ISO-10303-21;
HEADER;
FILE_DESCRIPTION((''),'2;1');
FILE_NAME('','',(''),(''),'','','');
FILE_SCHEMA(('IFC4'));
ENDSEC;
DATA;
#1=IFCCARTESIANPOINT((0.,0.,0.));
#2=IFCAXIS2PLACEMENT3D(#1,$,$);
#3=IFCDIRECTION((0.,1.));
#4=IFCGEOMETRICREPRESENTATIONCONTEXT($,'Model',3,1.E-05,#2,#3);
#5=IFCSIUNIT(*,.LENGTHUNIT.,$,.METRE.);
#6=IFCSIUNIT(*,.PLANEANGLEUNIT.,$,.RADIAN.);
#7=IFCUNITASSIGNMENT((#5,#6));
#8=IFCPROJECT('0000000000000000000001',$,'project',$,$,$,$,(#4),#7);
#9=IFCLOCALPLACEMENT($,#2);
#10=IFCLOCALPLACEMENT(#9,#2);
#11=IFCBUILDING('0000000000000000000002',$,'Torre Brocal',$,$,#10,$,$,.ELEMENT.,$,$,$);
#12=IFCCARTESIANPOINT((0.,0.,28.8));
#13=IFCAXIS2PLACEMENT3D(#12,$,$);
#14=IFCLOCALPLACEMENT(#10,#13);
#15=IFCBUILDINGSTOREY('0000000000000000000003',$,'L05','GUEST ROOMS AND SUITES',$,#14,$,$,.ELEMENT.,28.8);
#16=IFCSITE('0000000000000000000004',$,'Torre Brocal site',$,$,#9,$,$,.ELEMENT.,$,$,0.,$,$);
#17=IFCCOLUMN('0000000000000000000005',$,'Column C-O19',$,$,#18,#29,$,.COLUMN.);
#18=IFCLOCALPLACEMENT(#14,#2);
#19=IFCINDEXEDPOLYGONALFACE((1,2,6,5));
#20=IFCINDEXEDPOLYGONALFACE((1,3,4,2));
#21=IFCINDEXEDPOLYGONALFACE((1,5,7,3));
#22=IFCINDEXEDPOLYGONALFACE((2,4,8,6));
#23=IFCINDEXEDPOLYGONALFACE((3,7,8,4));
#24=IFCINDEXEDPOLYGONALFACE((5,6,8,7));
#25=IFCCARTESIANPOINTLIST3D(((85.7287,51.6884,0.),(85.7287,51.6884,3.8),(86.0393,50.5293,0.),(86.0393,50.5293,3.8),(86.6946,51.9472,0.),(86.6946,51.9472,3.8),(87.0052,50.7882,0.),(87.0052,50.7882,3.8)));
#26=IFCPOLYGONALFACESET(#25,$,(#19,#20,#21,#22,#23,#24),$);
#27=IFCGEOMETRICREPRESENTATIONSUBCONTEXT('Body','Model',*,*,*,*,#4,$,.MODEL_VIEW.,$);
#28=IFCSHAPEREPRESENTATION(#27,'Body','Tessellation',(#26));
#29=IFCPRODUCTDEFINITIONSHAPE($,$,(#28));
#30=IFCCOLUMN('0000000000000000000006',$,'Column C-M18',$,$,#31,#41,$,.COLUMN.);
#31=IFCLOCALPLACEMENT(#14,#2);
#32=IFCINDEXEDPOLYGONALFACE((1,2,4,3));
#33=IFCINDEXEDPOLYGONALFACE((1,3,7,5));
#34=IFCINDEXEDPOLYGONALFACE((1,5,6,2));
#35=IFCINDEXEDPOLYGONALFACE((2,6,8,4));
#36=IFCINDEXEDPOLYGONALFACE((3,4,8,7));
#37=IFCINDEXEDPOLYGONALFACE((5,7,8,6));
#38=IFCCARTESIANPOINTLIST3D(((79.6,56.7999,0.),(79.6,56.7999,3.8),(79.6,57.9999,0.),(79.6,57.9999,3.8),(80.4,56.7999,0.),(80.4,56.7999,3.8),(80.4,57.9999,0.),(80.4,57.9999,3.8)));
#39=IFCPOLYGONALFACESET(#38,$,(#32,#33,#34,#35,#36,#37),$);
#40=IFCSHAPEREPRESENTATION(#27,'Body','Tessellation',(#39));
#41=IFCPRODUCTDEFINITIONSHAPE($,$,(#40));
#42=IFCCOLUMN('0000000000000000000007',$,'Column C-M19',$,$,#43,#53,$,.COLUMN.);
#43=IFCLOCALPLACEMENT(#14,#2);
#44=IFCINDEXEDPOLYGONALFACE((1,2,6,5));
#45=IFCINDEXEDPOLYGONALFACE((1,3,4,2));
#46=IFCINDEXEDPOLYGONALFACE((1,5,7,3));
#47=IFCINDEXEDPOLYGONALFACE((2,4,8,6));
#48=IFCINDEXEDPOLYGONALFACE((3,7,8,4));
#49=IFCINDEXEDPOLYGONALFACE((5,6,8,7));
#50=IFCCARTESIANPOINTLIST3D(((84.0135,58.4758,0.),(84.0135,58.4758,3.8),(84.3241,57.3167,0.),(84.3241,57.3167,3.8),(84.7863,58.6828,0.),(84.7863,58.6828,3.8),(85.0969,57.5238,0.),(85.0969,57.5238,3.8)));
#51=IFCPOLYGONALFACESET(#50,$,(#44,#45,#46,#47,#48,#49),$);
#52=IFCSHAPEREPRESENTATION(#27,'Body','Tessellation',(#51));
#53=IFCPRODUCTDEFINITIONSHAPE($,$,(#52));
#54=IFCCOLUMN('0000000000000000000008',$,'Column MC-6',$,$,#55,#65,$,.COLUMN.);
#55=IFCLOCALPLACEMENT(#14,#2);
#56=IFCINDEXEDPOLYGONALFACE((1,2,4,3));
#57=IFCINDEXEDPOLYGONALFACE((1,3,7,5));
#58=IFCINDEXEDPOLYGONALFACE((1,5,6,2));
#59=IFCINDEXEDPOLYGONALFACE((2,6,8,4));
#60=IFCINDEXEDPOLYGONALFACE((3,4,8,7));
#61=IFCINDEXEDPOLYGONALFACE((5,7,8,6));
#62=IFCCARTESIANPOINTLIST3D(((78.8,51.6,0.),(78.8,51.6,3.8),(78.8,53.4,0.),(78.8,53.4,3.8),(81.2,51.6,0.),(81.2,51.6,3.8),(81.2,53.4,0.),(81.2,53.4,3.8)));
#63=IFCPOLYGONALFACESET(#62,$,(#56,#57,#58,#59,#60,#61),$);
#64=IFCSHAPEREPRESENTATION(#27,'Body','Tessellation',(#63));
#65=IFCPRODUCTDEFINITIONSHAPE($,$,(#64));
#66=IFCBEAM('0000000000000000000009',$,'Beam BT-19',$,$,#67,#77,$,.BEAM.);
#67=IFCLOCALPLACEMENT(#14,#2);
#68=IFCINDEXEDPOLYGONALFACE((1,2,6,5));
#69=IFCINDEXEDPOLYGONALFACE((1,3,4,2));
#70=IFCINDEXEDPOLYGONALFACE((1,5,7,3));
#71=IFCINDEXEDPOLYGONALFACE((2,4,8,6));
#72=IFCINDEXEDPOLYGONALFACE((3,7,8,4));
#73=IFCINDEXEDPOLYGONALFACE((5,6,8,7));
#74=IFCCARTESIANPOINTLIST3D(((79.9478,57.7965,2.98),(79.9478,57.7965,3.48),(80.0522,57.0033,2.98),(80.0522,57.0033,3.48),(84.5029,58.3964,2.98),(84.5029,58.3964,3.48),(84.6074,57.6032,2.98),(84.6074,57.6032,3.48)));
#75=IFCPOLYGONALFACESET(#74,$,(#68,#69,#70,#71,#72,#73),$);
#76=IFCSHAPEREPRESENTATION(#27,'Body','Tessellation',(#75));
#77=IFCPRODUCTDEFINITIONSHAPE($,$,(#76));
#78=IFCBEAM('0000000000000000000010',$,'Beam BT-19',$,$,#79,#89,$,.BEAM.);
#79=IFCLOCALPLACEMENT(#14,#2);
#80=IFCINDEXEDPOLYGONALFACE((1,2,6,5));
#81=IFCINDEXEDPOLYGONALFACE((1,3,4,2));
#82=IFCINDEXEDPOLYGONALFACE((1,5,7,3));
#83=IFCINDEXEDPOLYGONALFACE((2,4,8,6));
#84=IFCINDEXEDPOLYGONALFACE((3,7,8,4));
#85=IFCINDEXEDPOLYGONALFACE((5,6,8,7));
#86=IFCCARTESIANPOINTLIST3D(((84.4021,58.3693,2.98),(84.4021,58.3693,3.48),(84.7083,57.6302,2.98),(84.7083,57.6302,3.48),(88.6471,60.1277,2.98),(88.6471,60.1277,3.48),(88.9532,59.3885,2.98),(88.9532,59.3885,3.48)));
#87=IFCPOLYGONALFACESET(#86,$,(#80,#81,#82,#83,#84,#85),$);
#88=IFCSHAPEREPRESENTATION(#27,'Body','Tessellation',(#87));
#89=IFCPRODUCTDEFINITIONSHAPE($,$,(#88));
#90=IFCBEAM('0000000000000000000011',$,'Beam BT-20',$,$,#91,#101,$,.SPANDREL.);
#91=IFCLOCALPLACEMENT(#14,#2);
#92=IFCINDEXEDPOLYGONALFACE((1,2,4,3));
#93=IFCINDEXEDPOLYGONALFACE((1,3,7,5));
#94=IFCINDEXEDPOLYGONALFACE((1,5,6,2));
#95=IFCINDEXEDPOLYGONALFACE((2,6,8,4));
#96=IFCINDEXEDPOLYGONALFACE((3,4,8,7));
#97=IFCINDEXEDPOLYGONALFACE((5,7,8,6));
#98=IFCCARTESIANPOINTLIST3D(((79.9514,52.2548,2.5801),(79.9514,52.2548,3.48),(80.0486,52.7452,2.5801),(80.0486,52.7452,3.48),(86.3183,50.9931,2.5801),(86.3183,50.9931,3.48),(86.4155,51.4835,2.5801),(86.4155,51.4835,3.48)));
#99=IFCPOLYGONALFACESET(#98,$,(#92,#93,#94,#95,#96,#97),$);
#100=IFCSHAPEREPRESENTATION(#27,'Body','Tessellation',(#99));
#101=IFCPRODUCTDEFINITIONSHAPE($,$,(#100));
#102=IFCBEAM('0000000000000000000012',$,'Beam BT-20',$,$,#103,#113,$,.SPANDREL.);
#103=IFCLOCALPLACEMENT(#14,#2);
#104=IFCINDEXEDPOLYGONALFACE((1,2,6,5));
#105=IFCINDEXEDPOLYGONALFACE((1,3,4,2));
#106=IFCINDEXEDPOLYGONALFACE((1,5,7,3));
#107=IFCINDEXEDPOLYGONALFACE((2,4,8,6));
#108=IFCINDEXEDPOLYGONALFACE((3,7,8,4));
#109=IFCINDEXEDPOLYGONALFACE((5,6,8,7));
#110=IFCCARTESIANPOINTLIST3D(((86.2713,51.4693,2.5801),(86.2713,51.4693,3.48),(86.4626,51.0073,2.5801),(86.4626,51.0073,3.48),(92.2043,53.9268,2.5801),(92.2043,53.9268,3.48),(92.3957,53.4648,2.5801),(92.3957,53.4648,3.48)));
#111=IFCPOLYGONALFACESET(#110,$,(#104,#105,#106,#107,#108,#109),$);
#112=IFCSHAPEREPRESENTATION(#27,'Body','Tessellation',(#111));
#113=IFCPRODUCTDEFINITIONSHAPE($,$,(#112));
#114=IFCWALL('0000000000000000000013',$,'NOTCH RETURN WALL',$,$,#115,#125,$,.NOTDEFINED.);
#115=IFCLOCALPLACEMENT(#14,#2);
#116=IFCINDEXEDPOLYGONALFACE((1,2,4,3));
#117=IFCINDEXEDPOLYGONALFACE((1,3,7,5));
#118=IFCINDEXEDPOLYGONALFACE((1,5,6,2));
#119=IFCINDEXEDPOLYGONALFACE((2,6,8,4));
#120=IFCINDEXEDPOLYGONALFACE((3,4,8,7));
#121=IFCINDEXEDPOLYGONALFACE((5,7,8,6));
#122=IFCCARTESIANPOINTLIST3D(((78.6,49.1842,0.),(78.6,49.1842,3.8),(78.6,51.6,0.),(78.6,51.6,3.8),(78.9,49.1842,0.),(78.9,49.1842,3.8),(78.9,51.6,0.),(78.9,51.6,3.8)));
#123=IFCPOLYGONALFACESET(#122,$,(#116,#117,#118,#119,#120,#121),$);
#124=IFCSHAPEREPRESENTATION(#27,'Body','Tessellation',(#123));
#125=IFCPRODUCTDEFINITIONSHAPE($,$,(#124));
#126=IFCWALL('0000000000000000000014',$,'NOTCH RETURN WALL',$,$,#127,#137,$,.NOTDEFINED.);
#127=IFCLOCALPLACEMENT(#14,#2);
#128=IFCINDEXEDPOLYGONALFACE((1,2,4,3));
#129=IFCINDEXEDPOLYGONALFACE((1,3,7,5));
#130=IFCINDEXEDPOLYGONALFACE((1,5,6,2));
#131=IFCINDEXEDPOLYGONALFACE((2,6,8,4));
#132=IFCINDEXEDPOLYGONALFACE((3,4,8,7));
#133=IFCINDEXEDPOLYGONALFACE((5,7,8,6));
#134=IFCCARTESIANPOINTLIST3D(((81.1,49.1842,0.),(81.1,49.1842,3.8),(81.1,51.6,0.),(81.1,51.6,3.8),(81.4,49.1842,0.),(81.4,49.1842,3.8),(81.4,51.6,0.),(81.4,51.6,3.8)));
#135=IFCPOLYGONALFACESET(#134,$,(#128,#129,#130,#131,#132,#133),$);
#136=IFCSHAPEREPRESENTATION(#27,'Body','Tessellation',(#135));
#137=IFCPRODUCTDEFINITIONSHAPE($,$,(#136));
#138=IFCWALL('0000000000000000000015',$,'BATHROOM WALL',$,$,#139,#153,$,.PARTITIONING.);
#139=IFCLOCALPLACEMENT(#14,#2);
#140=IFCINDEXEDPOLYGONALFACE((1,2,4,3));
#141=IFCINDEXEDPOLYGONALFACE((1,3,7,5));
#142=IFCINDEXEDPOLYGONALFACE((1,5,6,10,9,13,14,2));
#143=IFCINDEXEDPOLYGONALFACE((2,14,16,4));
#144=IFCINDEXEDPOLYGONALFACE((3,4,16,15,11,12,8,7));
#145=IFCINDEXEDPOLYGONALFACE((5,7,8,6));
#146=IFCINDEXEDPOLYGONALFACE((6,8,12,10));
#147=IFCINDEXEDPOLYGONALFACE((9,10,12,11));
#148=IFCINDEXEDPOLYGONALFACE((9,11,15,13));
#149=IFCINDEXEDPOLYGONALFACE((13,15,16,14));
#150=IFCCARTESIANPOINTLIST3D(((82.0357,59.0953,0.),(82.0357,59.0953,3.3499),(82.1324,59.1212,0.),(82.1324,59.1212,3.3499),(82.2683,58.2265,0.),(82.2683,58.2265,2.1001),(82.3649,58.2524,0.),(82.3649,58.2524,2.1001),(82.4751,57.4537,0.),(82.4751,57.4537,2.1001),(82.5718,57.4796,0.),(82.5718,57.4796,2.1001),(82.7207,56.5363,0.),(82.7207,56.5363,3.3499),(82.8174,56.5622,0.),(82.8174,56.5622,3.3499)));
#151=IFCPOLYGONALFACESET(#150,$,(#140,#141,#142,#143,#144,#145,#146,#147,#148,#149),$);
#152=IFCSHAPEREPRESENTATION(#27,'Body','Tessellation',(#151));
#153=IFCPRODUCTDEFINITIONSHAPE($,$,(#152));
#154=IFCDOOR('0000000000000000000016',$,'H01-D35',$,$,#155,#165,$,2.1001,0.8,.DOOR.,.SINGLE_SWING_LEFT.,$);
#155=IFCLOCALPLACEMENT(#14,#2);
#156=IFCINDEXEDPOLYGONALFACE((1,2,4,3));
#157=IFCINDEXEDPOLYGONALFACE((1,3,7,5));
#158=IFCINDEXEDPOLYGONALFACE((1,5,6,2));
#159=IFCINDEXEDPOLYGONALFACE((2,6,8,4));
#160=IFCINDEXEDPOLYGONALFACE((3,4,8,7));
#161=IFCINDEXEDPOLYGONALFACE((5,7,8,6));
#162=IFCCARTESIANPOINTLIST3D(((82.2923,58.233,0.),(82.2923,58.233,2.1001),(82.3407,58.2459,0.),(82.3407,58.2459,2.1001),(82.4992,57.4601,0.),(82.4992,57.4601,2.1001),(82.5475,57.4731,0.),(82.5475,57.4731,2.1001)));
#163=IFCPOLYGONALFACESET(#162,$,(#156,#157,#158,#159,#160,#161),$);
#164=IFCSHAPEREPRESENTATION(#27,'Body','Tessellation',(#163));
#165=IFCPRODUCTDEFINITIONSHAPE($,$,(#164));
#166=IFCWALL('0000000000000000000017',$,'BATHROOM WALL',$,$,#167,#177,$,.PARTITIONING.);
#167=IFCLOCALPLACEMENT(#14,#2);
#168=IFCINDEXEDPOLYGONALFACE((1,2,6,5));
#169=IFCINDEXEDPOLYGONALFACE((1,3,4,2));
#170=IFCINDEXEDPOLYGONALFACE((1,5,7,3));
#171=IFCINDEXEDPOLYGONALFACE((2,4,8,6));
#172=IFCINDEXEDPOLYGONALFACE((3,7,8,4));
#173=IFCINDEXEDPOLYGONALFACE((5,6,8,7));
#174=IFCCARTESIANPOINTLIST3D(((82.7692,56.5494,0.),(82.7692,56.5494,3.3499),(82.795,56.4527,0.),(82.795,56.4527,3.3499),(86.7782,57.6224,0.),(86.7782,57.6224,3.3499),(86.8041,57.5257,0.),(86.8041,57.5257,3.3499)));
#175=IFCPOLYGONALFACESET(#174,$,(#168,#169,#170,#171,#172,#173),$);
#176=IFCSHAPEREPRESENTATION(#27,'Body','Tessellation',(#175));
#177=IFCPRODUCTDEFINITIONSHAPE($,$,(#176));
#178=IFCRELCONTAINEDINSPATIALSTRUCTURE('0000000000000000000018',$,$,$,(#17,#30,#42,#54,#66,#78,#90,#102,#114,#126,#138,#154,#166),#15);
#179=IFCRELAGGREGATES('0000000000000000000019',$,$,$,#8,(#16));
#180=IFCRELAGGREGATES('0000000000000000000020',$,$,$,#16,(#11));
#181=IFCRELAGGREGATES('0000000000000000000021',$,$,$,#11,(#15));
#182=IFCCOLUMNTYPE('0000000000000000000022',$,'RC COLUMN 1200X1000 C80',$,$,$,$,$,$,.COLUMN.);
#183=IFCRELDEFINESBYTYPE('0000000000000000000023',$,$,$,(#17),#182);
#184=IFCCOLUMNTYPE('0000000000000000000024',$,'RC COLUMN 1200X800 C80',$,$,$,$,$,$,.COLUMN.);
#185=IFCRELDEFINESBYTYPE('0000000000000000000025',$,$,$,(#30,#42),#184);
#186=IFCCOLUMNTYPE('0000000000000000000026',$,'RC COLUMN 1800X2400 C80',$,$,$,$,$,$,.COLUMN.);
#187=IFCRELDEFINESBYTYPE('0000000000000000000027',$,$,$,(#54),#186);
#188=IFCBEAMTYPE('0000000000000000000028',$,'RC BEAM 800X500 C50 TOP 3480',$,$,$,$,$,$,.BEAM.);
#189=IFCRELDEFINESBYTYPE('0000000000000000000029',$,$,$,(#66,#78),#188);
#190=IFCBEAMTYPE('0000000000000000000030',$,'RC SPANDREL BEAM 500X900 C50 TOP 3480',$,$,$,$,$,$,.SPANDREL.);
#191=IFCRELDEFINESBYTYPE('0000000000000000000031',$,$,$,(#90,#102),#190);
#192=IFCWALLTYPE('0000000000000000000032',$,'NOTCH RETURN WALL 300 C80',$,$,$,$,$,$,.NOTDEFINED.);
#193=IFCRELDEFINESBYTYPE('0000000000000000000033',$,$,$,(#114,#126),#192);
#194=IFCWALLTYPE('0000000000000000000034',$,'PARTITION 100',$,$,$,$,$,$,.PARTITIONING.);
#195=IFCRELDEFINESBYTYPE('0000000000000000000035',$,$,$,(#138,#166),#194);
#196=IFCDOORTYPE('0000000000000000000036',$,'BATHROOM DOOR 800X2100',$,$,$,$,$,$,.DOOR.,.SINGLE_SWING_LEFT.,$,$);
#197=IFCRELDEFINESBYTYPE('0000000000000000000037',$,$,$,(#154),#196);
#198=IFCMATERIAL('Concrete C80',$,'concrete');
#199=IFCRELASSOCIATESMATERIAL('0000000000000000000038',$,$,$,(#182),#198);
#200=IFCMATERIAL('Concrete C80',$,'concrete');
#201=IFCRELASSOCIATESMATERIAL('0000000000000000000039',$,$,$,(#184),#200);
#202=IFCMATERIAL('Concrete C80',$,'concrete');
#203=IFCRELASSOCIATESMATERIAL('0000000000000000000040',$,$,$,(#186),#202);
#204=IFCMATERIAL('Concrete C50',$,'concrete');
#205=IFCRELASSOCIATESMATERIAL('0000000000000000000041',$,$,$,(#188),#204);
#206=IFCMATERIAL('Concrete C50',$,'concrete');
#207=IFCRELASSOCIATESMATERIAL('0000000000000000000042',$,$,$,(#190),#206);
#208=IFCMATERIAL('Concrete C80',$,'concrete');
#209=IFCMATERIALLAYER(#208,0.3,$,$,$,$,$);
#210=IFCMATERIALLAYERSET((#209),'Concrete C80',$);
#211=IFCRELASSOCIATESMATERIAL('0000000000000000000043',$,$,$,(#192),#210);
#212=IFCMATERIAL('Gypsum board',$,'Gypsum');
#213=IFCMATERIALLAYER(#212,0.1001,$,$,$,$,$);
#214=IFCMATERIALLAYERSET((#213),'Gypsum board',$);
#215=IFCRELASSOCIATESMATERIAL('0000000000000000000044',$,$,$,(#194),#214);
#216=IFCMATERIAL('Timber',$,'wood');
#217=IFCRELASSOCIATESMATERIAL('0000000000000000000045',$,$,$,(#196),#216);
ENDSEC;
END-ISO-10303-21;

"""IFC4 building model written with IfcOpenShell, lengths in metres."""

from ifc_helpers import new_model, si_unit, direction, frame, frame_2d, origin, origin_2d, place, context, subcontext, project, spatial, rectangle, extrude, material, layer, layer_set, material_profile, profile_set, type_object, element, fill, save


model = new_model("IFC4")

# Units and contexts
model_context = context("Model", 3, precision=1e-05, world=origin(), true_north=direction((0.0, 1.0)))
body_context = subcontext(model_context, "Body", "Model", "MODEL_VIEW")
ifc_project = project(units=[si_unit("LENGTHUNIT", "METRE"), si_unit("PLANEANGLEUNIT", "RADIAN")], contexts=[model_context])

# Site, building, storey
site_placement = place(None, origin())
site = spatial("IfcSite", under=ifc_project, at=site_placement, Name="Torre Brocal site", CompositionType="ELEMENT", RefElevation=0.0)
building_placement = place(site_placement, origin())
building = spatial("IfcBuilding", under=site, at=building_placement, Name="Torre Brocal", CompositionType="ELEMENT")
storey_placement = place(building_placement, frame((0.0, 0.0, 28.8)))
storey = spatial("IfcBuildingStorey", under=building, at=storey_placement, Name="L05", Description="GUEST ROOMS AND SUITES", CompositionType="ELEMENT", Elevation=28.8)

# Columns
ifc_material_1 = material(Name="Concrete C80", Category="concrete")
ifc_material_profile_1 = material_profile(ifc_material_1, rectangle(XDim=1.2, YDim=1.0, at=origin_2d()), Name="RC 1200X1000")
ifc_profile_set_1 = profile_set([ifc_material_profile_1], Name="Concrete C80")
column_type_1 = type_object("IfcColumnType", Name="RC COLUMN 1200X1000 C80", PredefinedType="COLUMN", material=ifc_profile_set_1)
column_1_placement = place(storey_placement, frame((86.3669, 51.2383, 0.0), z_axis=(0.0, 0.0, 1.0), x_axis=(0.258819, -0.965926, 0.0)))
element("IfcColumn", 1, at=column_1_placement, inside=storey, type_object=column_type_1, Name="Column C-O19", PredefinedType="COLUMN", context=body_context, shape_type="SweptSolid", body=[
    extrude(rectangle(XDim=1.2, YDim=1.0, at=origin_2d()), origin(), (0.0, 0.0, 1.0), 3.8),
])
ifc_material_2 = material(Name="Concrete C80", Category="concrete")
ifc_material_profile_2 = material_profile(ifc_material_2, rectangle(XDim=1.2, YDim=0.8, at=origin_2d()), Name="RC 1200X800")
ifc_profile_set_2 = profile_set([ifc_material_profile_2], Name="Concrete C80")
column_type_2 = type_object("IfcColumnType", Name="RC COLUMN 1200X800 C80", PredefinedType="COLUMN", material=ifc_profile_set_2)
for number, where, z_axis, x_axis, name in (
    (2, (80.0, 57.3999, 0.0), (0.0, 0.0, 1.0), (0.0, -1.0, 0.0), "Column C-M18"),
    (3, (84.5552, 57.9998, 0.0), (0.0, 0.0, 1.0), (0.258819, -0.965926, 0.0), "Column C-M19"),
):
    element("IfcColumn", number, at=place(storey_placement, frame(where, z_axis=z_axis, x_axis=x_axis)), inside=storey, type_object=column_type_2, Name=name, PredefinedType="COLUMN", context=body_context, shape_type="SweptSolid", body=[
        extrude(rectangle(XDim=1.2, YDim=0.8, at=origin_2d()), origin(), (0.0, 0.0, 1.0), 3.8),
    ])
ifc_material_3 = material(Name="Concrete C80", Category="concrete")
ifc_material_profile_3 = material_profile(ifc_material_3, rectangle(XDim=1.8, YDim=2.3999, at=origin_2d()), Name="RC 1800X2400")
ifc_profile_set_3 = profile_set([ifc_material_profile_3], Name="Concrete C80")
column_type_3 = type_object("IfcColumnType", Name="RC COLUMN 1800X2400 C80", PredefinedType="COLUMN", material=ifc_profile_set_3)
column_2_placement = place(storey_placement, frame((80.0, 52.5, 0.0), z_axis=(0.0, 0.0, 1.0), x_axis=(0.0, -1.0, 0.0)))
element("IfcColumn", 4, at=column_2_placement, inside=storey, type_object=column_type_3, Name="Column MC-6", PredefinedType="COLUMN", context=body_context, shape_type="SweptSolid", body=[
    extrude(rectangle(XDim=1.8, YDim=2.3999, at=origin_2d()), origin(), (0.0, 0.0, 1.0), 3.8),
])

# Beams
ifc_material_4 = material(Name="Concrete C50", Category="concrete")
ifc_material_profile_4 = material_profile(ifc_material_4, rectangle(XDim=0.8, YDim=0.5, at=origin_2d()), Name="RC 800X500")
ifc_profile_set_4 = profile_set([ifc_material_profile_4], Name="Concrete C50")
beam_type_1 = type_object("IfcBeamType", Name="RC BEAM 800X500 C50 TOP 3480", PredefinedType="BEAM", material=ifc_profile_set_4)
beam_1_placement = place(storey_placement, frame((80.0, 57.3999, 3.23), z_axis=(0.991441, 0.130559, 0.0), x_axis=(-0.130559, 0.991441, 0.0)))
element("IfcBeam", 5, at=beam_1_placement, inside=storey, type_object=beam_type_1, Name="Beam BT-19", PredefinedType="BEAM", context=body_context, shape_type="SweptSolid", body=[
    extrude(rectangle(XDim=0.8, YDim=0.5, at=origin_2d()), origin(), (0.0, 0.0, 1.0), 4.5945),
])
beam_2_placement = place(storey_placement, frame((84.5552, 57.9998, 3.23), z_axis=(0.923878, 0.382687, 0.0), x_axis=(-0.382687, 0.923878, 0.0)))
element("IfcBeam", 6, at=beam_2_placement, inside=storey, type_object=beam_type_1, Name="Beam BT-19", PredefinedType="BEAM", context=body_context, shape_type="SweptSolid", body=[
    extrude(rectangle(XDim=0.8, YDim=0.5, at=origin_2d()), origin(), (0.0, 0.0, 1.0), 4.5947),
])
ifc_material_5 = material(Name="Concrete C50", Category="concrete")
ifc_material_profile_5 = material_profile(ifc_material_5, rectangle(XDim=0.5, YDim=0.8999, at=origin_2d()), Name="RC 500X900")
ifc_profile_set_5 = profile_set([ifc_material_profile_5], Name="Concrete C50")
beam_type_2 = type_object("IfcBeamType", Name="RC SPANDREL BEAM 500X900 C50 TOP 3480", PredefinedType="SPANDREL", material=ifc_profile_set_5)
beam_3_placement = place(storey_placement, frame((80.0, 52.5, 3.03), z_axis=(0.980925, -0.194387, 0.0), x_axis=(0.194387, 0.980925, 0.0)))
element("IfcBeam", 7, at=beam_3_placement, inside=storey, type_object=beam_type_2, Name="Beam BT-20", PredefinedType="SPANDREL", context=body_context, shape_type="SweptSolid", body=[
    extrude(rectangle(XDim=0.5, YDim=0.8999, at=origin_2d()), origin(), (0.0, 0.0, 1.0), 6.4907),
])
beam_4_placement = place(storey_placement, frame((86.3669, 51.2383, 3.03), z_axis=(0.923882, 0.382676, 0.0), x_axis=(-0.382676, 0.923882, 0.0)))
element("IfcBeam", 8, at=beam_4_placement, inside=storey, type_object=beam_type_2, Name="Beam BT-20", PredefinedType="SPANDREL", context=body_context, shape_type="SweptSolid", body=[
    extrude(rectangle(XDim=0.5, YDim=0.8999, at=origin_2d()), origin(), (0.0, 0.0, 1.0), 6.4219),
])

# Walls
ifc_material_6 = material(Name="Concrete C80", Category="concrete")
ifc_layer_1 = layer(ifc_material_6, 0.3)
ifc_layer_set_1 = layer_set([ifc_layer_1], Name="Concrete C80")
wall_type_1 = type_object("IfcWallType", Name="NOTCH RETURN WALL 300 C80", PredefinedType="NOTDEFINED", material=ifc_layer_set_1)
for number, where, z_axis, x_axis, name in (
    (9, (78.75, 51.6001, 0.0), (0.0, 0.0, 1.0), (0.0, -1.0, 0.0), "NOTCH RETURN WALL"),
    (10, (81.25, 51.6001, 0.0), (0.0, 0.0, 1.0), (0.0, -1.0, 0.0), "NOTCH RETURN WALL"),
):
    element("IfcWall", number, at=place(storey_placement, frame(where, z_axis=z_axis, x_axis=x_axis)), inside=storey, type_object=wall_type_1, Name=name, PredefinedType="NOTDEFINED", context=body_context, shape_type="SweptSolid", body=[
        extrude(rectangle(XDim=2.4158, YDim=0.3, at=frame_2d((1.208, 0.0))), origin(), (0.0, 0.0, 1.0), 3.8),
    ])

# Wall, opening, door
ifc_material_7 = material(Name="Gypsum board", Category="Gypsum")
ifc_layer_2 = layer(ifc_material_7, 0.1001)
ifc_layer_set_2 = layer_set([ifc_layer_2], Name="Gypsum board")
wall_type_2 = type_object("IfcWallType", Name="PARTITION 100", PredefinedType="PARTITIONING", material=ifc_layer_set_2)
wall_1_placement = place(storey_placement, frame((82.084, 59.1084, 0.0), z_axis=(0.0, 0.0, 1.0), x_axis=(0.258592, -0.965987, 0.0)))
wall_1 = element("IfcWall", 11, at=wall_1_placement, inside=storey, type_object=wall_type_2, Name="BATHROOM WALL", PredefinedType="PARTITIONING", context=body_context, shape_type="SweptSolid", body=[
    extrude(rectangle(XDim=2.6492, YDim=0.1001, at=frame_2d((1.3247, 0.0))), origin(), (0.0, 0.0, 1.0), 3.3499),
])
opening_1_placement = place(wall_1_placement, frame((0.8997, 0.0, 0.0)))
opening_1 = element("IfcOpeningElement", 12, at=opening_1_placement, cuts=wall_1, PredefinedType="OPENING", context=body_context, shape_type="SweptSolid", body=[
    extrude(rectangle(XDim=0.8, YDim=2.1001, at=frame_2d((0.3999, 1.05))), frame((0.0, 0.0601, 0.0), z_axis=(0.0, -1.0, 0.0), x_axis=(1.0, 0.0, 0.0)), (0.0, 0.0, 1.0), 0.1201),
])
ifc_material_8 = material(Name="Timber", Category="wood")
door_type_1 = type_object("IfcDoorType", Name="BATHROOM DOOR 800X2100", OperationType="SINGLE_SWING_LEFT", PredefinedType="DOOR", material=ifc_material_8)
door_1_placement = place(opening_1_placement, origin())
door_1 = element("IfcDoor", 13, at=door_1_placement, inside=storey, type_object=door_type_1, Name="H01-D35", OperationType="SINGLE_SWING_LEFT", OverallHeight=2.1001, OverallWidth=0.8, PredefinedType="DOOR", context=body_context, shape_type="SweptSolid", body=[
    extrude(rectangle(XDim=0.8, YDim=2.1001, at=frame_2d((0.3999, 1.05))), frame((0.0, 0.0249, 0.0), z_axis=(0.0, -1.0, 0.0), x_axis=(1.0, 0.0, 0.0)), (0.0, 0.0, 1.0), 0.05),
])
fill(opening_1, door_1)

# Wall
wall_2_placement = place(storey_placement, frame((82.782, 56.501, 0.0), z_axis=(0.0, 0.0, 1.0), x_axis=(0.965999, 0.258545, 0.0)))
element("IfcWall", 14, at=wall_2_placement, inside=storey, type_object=wall_type_2, Name="BATHROOM WALL", PredefinedType="PARTITIONING", context=body_context, shape_type="SweptSolid", body=[
    extrude(rectangle(XDim=4.1501, YDim=0.1001, at=frame_2d((2.0752, 0.0))), origin(), (0.0, 0.0, 1.0), 3.3499),
])

save(model, "model.ifc")
